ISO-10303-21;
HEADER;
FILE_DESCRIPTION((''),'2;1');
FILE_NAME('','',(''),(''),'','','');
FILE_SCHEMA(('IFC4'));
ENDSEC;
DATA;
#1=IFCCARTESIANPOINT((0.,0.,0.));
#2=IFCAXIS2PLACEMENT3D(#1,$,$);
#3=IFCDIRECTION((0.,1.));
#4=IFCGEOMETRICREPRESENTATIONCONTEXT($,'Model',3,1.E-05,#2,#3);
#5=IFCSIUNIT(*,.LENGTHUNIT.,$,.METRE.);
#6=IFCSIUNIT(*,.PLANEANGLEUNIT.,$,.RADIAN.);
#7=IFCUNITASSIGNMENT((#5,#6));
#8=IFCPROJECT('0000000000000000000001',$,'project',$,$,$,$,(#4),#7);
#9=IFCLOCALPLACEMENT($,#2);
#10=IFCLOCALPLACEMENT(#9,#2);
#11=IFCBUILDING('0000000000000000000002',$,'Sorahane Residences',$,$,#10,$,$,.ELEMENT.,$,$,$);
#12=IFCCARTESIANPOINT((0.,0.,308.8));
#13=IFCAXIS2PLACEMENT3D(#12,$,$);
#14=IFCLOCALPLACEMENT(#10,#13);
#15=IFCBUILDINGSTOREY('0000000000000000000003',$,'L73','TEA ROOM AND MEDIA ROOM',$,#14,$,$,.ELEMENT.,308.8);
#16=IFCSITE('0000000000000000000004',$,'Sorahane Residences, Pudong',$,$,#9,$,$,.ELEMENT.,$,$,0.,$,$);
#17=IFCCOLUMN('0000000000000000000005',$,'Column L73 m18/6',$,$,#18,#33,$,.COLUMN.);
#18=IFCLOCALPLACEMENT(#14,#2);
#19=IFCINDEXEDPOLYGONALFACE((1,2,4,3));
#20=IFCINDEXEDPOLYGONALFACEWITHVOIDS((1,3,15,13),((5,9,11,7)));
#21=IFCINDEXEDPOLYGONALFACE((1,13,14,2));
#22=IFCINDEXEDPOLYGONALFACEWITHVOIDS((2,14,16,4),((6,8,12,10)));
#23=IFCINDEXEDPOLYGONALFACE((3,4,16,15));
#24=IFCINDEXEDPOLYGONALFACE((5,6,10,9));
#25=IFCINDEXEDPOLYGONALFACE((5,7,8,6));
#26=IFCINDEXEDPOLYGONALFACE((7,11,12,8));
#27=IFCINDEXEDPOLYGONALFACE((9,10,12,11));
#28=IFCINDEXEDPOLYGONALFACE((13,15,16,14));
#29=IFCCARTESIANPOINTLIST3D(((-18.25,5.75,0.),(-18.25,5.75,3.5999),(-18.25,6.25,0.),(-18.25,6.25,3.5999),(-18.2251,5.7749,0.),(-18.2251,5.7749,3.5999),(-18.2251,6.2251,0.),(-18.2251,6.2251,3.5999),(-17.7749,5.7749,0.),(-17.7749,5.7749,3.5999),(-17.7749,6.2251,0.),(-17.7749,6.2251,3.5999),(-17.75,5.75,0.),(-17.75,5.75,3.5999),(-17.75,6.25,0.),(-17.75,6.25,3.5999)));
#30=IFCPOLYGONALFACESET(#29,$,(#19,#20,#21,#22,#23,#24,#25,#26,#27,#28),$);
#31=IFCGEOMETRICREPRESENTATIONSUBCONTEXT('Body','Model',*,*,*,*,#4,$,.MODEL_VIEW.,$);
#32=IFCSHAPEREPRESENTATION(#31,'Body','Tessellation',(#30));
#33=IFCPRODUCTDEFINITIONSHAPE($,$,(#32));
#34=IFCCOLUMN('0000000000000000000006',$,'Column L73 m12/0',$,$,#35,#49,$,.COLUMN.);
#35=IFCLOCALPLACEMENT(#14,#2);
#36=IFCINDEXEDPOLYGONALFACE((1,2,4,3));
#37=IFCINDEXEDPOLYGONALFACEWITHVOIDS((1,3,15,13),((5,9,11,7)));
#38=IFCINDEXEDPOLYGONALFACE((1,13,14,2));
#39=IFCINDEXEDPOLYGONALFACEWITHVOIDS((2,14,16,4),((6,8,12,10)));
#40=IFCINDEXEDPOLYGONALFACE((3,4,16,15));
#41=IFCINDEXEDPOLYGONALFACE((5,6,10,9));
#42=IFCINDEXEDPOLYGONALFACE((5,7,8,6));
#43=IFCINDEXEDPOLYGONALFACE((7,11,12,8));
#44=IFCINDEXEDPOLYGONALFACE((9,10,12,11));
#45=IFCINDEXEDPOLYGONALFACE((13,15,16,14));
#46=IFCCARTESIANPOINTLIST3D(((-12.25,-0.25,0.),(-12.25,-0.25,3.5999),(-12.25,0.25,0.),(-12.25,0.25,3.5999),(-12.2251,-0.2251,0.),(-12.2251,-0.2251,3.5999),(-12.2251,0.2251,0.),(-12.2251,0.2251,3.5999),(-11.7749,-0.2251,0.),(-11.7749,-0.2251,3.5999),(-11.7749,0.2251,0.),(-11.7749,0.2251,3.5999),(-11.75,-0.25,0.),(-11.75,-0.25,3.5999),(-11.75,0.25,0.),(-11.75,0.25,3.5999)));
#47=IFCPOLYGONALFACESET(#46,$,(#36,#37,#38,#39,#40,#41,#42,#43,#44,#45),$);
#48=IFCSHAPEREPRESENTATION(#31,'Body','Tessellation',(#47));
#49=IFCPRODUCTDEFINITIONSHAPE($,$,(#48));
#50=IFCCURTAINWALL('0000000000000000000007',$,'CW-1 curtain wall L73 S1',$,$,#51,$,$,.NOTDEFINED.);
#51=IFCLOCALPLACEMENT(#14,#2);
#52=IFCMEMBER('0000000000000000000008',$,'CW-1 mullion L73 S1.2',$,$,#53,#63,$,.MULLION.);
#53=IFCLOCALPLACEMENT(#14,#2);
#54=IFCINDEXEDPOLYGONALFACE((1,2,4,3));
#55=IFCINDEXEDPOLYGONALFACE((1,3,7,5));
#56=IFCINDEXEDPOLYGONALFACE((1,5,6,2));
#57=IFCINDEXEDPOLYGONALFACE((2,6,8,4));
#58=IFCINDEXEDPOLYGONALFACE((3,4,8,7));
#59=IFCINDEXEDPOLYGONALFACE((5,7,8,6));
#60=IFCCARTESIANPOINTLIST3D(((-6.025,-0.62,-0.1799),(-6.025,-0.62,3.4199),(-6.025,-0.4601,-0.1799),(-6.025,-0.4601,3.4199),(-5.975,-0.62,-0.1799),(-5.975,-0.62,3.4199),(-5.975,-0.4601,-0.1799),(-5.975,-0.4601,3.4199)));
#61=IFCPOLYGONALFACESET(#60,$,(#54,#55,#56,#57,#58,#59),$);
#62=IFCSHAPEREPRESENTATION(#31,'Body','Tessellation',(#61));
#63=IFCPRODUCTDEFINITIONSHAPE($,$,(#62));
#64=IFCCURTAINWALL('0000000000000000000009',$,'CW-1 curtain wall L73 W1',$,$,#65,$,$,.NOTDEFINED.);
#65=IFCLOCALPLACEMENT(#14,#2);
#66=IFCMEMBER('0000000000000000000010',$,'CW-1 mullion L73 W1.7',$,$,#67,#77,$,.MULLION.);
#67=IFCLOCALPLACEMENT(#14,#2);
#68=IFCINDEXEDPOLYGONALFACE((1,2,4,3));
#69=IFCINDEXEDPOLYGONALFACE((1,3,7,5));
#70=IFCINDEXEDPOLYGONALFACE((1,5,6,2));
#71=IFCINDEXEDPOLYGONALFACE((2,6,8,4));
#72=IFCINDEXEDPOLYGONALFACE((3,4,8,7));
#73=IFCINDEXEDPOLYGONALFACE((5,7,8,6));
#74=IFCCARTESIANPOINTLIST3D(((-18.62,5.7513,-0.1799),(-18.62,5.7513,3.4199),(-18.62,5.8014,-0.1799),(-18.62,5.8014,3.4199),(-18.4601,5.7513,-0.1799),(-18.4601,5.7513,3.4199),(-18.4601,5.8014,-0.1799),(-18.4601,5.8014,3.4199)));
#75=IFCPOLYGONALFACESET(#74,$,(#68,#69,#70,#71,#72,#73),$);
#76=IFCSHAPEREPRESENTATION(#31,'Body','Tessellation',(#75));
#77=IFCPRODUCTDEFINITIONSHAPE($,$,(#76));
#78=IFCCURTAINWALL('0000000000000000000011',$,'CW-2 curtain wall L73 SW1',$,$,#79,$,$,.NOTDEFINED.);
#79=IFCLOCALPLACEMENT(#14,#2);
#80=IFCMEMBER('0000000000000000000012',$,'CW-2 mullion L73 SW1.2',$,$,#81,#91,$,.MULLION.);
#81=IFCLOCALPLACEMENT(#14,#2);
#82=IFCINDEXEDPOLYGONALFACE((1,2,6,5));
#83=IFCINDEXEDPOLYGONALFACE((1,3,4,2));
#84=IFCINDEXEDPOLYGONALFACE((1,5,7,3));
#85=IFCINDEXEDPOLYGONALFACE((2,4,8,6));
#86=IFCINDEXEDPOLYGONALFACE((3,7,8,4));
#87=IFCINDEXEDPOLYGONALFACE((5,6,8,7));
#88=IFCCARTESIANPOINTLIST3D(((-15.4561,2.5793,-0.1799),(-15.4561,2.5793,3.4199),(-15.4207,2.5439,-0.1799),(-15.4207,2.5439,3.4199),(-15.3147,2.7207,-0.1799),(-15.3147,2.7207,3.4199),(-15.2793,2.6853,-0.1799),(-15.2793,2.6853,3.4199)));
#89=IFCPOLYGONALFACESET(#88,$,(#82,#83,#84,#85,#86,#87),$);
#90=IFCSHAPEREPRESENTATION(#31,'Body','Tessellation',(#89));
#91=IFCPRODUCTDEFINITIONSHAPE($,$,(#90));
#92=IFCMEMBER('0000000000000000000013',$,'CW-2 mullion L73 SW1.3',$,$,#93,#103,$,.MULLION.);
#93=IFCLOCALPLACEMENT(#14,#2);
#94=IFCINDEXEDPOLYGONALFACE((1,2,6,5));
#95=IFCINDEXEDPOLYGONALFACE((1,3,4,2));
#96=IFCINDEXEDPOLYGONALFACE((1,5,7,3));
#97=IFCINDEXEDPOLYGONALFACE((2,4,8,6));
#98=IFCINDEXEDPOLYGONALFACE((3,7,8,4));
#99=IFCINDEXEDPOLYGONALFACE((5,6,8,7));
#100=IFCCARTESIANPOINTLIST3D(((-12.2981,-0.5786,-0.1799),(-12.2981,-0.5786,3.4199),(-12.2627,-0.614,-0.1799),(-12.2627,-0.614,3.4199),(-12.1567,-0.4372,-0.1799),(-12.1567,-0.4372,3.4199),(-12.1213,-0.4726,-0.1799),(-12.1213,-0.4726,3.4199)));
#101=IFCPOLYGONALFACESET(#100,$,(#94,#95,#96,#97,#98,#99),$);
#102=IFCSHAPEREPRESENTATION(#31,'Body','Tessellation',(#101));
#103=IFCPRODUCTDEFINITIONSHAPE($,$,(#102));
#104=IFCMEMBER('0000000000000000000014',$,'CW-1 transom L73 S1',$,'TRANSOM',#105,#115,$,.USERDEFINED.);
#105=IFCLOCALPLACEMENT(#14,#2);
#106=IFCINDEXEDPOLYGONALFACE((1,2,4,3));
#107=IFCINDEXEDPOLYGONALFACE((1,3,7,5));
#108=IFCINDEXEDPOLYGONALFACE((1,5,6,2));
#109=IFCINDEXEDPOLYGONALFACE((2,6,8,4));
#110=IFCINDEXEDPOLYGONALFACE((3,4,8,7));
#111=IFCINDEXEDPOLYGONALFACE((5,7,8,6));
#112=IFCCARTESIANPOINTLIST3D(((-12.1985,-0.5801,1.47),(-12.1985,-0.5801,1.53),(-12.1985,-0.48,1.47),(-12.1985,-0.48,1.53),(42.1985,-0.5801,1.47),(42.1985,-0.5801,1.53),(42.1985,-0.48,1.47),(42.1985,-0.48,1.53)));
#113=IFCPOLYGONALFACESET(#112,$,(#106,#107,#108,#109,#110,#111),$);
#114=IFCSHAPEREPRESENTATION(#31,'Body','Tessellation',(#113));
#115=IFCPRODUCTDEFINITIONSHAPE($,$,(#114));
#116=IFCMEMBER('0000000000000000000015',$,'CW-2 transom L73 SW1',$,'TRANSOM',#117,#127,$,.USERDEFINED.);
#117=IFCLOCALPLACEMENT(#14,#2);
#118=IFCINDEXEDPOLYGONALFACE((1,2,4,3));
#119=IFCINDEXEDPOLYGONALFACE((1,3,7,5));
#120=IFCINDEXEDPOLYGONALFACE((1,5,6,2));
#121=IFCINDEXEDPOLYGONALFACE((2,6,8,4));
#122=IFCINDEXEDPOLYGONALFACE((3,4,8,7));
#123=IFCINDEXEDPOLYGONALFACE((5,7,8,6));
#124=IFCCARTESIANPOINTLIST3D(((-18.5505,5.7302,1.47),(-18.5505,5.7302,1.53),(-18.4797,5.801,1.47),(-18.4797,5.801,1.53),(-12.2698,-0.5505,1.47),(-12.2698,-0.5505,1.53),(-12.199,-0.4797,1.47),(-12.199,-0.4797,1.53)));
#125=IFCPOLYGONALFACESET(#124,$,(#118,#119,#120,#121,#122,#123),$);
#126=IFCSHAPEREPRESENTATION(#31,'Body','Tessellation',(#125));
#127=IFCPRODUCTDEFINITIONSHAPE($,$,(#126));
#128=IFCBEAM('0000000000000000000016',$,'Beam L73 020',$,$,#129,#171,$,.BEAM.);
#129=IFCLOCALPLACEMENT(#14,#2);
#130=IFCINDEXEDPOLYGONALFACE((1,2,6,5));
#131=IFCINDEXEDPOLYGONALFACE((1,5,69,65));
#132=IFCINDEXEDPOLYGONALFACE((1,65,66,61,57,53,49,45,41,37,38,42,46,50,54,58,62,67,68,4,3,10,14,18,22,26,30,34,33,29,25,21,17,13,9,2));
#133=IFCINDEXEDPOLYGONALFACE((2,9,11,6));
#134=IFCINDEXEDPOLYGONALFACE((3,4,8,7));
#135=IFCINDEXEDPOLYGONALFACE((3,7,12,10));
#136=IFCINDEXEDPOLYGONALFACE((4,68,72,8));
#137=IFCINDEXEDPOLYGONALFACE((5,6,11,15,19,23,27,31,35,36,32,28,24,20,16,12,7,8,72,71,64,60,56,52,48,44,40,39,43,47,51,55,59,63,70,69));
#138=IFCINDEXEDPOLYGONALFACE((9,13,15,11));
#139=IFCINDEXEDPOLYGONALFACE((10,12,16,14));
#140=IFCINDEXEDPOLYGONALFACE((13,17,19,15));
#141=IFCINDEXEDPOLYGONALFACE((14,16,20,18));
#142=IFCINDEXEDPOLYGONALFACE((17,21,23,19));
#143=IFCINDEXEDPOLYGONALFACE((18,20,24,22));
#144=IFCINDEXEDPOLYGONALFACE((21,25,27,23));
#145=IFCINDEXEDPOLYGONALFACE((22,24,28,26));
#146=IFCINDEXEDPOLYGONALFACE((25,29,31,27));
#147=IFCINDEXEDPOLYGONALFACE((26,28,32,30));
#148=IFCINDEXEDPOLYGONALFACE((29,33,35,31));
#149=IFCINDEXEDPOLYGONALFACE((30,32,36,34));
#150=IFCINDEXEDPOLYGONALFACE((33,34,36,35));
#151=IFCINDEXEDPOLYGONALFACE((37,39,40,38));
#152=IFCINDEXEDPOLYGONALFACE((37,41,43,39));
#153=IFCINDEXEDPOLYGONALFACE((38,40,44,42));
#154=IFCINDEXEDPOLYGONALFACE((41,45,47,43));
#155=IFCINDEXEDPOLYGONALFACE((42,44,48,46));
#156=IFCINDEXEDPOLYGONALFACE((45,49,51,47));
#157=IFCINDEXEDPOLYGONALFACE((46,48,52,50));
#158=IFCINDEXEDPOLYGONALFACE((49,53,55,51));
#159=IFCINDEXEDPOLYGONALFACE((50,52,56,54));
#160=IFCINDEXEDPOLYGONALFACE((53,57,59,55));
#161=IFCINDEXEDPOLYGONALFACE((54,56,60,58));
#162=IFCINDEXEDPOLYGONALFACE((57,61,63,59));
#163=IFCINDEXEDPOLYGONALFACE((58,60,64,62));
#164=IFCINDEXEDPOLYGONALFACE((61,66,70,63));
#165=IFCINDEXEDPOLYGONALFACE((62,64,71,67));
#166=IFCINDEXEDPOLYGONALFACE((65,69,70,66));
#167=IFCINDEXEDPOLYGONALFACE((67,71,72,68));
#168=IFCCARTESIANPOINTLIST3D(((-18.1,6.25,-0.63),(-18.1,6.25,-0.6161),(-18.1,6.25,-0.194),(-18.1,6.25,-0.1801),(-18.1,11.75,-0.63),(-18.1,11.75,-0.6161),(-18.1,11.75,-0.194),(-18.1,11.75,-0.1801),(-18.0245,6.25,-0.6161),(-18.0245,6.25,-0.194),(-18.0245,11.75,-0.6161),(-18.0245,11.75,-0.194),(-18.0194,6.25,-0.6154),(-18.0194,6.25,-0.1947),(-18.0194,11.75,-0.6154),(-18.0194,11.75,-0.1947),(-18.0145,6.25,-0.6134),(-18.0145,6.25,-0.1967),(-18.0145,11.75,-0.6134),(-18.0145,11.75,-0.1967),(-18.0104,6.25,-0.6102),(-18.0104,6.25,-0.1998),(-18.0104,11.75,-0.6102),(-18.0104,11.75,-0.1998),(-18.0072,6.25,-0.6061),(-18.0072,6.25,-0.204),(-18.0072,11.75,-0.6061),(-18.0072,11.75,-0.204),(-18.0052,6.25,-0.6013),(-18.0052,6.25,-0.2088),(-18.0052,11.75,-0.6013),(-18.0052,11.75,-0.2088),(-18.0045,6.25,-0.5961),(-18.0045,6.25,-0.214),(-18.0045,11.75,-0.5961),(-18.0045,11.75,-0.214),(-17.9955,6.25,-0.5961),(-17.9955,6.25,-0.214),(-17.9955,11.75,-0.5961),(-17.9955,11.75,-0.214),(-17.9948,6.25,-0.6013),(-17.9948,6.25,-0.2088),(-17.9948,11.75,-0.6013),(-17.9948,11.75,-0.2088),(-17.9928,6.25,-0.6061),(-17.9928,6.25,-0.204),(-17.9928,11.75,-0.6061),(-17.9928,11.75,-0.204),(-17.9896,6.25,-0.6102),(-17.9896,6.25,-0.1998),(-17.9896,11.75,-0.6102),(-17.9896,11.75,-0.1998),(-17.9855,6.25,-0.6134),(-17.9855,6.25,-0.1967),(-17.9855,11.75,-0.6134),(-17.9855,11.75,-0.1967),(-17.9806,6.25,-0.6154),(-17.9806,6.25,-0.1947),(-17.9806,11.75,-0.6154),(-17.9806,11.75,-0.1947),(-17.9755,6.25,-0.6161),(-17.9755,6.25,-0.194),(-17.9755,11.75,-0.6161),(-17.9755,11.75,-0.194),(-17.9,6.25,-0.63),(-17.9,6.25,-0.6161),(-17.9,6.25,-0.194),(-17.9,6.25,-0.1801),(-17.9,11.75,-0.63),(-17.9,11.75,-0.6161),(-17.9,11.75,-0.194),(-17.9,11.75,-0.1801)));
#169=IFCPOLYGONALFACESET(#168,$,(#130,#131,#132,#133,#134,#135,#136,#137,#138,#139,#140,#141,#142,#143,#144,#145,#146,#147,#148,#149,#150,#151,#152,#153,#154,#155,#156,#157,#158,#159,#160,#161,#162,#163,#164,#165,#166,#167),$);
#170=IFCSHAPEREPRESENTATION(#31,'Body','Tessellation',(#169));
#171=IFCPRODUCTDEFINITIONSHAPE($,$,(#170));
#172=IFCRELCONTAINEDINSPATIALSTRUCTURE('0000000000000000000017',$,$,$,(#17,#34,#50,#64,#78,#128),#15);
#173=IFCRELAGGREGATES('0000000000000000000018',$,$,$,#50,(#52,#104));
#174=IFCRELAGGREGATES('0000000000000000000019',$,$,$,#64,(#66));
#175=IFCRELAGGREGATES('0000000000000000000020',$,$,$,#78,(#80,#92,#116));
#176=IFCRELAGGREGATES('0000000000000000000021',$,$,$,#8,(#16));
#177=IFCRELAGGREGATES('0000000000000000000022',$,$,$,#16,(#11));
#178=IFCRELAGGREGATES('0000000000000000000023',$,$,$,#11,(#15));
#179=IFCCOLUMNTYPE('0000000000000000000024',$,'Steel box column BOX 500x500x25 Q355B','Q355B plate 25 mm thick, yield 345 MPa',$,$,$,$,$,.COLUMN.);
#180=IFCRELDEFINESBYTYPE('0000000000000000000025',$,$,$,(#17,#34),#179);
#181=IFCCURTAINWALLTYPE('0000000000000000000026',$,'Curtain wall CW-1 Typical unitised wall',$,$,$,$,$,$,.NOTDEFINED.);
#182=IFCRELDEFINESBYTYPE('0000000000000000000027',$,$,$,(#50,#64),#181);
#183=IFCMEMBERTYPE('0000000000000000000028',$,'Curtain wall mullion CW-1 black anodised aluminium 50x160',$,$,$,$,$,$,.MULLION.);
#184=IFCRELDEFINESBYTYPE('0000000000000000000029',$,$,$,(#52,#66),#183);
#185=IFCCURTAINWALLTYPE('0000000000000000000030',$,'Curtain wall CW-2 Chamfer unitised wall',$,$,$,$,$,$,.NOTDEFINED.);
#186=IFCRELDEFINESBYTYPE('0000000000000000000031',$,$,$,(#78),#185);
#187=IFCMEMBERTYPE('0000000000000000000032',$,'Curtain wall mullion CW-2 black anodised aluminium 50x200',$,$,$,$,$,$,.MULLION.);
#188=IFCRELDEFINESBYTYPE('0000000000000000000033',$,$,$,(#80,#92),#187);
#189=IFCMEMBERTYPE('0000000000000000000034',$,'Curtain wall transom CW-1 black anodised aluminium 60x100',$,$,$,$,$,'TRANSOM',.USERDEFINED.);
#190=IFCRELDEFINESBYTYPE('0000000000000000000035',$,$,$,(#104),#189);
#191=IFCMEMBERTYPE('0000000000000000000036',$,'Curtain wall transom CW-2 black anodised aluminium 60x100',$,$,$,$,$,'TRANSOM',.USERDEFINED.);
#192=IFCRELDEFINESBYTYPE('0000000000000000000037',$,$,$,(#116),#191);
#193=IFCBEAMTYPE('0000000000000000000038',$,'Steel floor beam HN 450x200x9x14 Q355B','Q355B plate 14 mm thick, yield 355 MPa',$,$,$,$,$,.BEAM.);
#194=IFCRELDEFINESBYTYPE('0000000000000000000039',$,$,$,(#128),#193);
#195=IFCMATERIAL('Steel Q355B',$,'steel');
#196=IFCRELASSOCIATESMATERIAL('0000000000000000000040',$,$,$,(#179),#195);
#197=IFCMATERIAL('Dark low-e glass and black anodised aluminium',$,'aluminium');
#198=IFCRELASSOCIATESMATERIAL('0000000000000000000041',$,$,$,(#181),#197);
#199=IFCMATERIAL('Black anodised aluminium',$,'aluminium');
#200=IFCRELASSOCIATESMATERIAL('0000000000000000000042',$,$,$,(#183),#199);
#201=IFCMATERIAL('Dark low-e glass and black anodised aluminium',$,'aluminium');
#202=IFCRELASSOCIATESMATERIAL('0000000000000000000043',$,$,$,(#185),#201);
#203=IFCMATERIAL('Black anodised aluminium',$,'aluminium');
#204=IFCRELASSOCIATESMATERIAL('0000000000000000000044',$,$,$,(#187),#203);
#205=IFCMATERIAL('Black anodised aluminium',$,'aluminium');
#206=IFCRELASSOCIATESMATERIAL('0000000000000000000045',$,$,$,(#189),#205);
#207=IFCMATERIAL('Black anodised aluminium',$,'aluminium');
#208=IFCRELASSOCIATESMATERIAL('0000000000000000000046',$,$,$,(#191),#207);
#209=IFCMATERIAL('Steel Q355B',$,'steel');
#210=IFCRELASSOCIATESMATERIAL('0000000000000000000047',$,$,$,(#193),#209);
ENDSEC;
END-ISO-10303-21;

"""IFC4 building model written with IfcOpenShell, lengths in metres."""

from ifc_helpers import new_model, si_unit, direction, frame, origin, origin_2d, place, context, subcontext, project, spatial, rectangle, hollow_rectangle, i_section, extrude, material, material_profile, profile_set, type_object, element, aggregate, save


model = new_model("IFC4")

# Units and contexts
model_context = context("Model", 3, precision=1e-05, world=origin(), true_north=direction((0.0, 1.0)))
body_context = subcontext(model_context, "Body", "Model", "MODEL_VIEW")
ifc_project = project(units=[si_unit("LENGTHUNIT", "METRE"), si_unit("PLANEANGLEUNIT", "RADIAN")], contexts=[model_context])

# Site, building, storey
site_placement = place(None, origin())
site = spatial("IfcSite", under=ifc_project, at=site_placement, Name="Sorahane Residences, Pudong", CompositionType="ELEMENT", RefElevation=0.0)
building_placement = place(site_placement, origin())
building = spatial("IfcBuilding", under=site, at=building_placement, Name="Sorahane Residences", CompositionType="ELEMENT")
storey_placement = place(building_placement, frame((0.0, 0.0, 308.8)))
storey = spatial("IfcBuildingStorey", under=building, at=storey_placement, Name="L73", Description="TEA ROOM AND MEDIA ROOM", CompositionType="ELEMENT", Elevation=308.8)

# Columns
ifc_material_1 = material(Name="Steel Q355B", Category="steel")
ifc_material_profile_1 = material_profile(ifc_material_1, hollow_rectangle(XDim=0.5, YDim=0.5, WallThickness=0.0249, at=origin_2d()), Name="BOX 500x500x25")
ifc_profile_set_1 = profile_set([ifc_material_profile_1], Name="Steel Q355B")
column_type = type_object("IfcColumnType", Name="Steel box column BOX 500x500x25 Q355B", Description="Q355B plate 25 mm thick, yield 345 MPa", PredefinedType="COLUMN", material=ifc_profile_set_1)
for number, where, z_axis, x_axis, name in (
    (1, (-18.0, 6.0, 0.0), (0.0, 0.0, 1.0), (1.0, 0.0, 0.0), "Column L73 m18/6"),
    (2, (-12.0, 0.0, 0.0), (0.0, 0.0, 1.0), (1.0, 0.0, 0.0), "Column L73 m12/0"),
):
    element("IfcColumn", number, at=place(storey_placement, frame(where, z_axis=z_axis, x_axis=x_axis)), inside=storey, type_object=column_type, Name=name, PredefinedType="COLUMN", context=body_context, shape_type="SweptSolid", body=[
        extrude(hollow_rectangle(XDim=0.5, YDim=0.5, WallThickness=0.0249, at=origin_2d()), origin(), (0.0, 0.0, 1.0), 3.5999),
    ])

# Curtain walls, members
ifc_material_2 = material(Name="Dark low-e glass and black anodised aluminium", Category="aluminium")
curtain_wall_type_1 = type_object("IfcCurtainWallType", Name="Curtain wall CW-1 Typical unitised wall", PredefinedType="NOTDEFINED", material=ifc_material_2)
curtain_wall_1_placement = place(storey_placement, origin())
curtain_wall_1 = element("IfcCurtainWall", 3, at=curtain_wall_1_placement, inside=storey, type_object=curtain_wall_type_1, Name="CW-1 curtain wall L73 S1", PredefinedType="NOTDEFINED")
ifc_material_3 = material(Name="Black anodised aluminium", Category="aluminium")
ifc_material_profile_2 = material_profile(ifc_material_3, rectangle(XDim=0.1599, YDim=0.05, at=origin_2d()), Name="Curtain wall mullion CW-1 black anodised aluminium 50x160")
ifc_profile_set_2 = profile_set([ifc_material_profile_2], Name="Black anodised aluminium")
member_type_1 = type_object("IfcMemberType", Name="Curtain wall mullion CW-1 black anodised aluminium 50x160", PredefinedType="MULLION", material=ifc_profile_set_2)
member_1_placement = place(storey_placement, frame((-6.0, -0.54, -0.1799), z_axis=(0.0, 0.0, 1.0), x_axis=(0.0, -1.0, 0.0)))
member_1 = element("IfcMember", 4, at=member_1_placement, type_object=member_type_1, Name="CW-1 mullion L73 S1.2", PredefinedType="MULLION", context=body_context, shape_type="SweptSolid", body=[
    extrude(rectangle(XDim=0.1599, YDim=0.05, at=origin_2d()), origin(), (0.0, 0.0, 1.0), 3.5999),
])
curtain_wall_2_placement = place(storey_placement, origin())
curtain_wall_2 = element("IfcCurtainWall", 5, at=curtain_wall_2_placement, inside=storey, type_object=curtain_wall_type_1, Name="CW-1 curtain wall L73 W1", PredefinedType="NOTDEFINED")
member_2_placement = place(storey_placement, frame((-18.54, 5.7764, -0.1799), z_axis=(0.0, 0.0, 1.0), x_axis=(-1.0, 0.0, 0.0)))
member_2 = element("IfcMember", 6, at=member_2_placement, type_object=member_type_1, Name="CW-1 mullion L73 W1.7", PredefinedType="MULLION", context=body_context, shape_type="SweptSolid", body=[
    extrude(rectangle(XDim=0.1599, YDim=0.05, at=origin_2d()), origin(), (0.0, 0.0, 1.0), 3.5999),
])

# Curtain wall, members
ifc_material_4 = material(Name="Dark low-e glass and black anodised aluminium", Category="aluminium")
curtain_wall_type_2 = type_object("IfcCurtainWallType", Name="Curtain wall CW-2 Chamfer unitised wall", PredefinedType="NOTDEFINED", material=ifc_material_4)
curtain_wall_3_placement = place(storey_placement, origin())
curtain_wall_3 = element("IfcCurtainWall", 7, at=curtain_wall_3_placement, inside=storey, type_object=curtain_wall_type_2, Name="CW-2 curtain wall L73 SW1", PredefinedType="NOTDEFINED")
ifc_material_5 = material(Name="Black anodised aluminium", Category="aluminium")
ifc_material_profile_3 = material_profile(ifc_material_5, rectangle(XDim=0.2, YDim=0.05, at=origin_2d()), Name="Curtain wall mullion CW-2 black anodised aluminium 50x200")
ifc_profile_set_3 = profile_set([ifc_material_profile_3], Name="Black anodised aluminium")
member_type_2 = type_object("IfcMemberType", Name="Curtain wall mullion CW-2 black anodised aluminium 50x200", PredefinedType="MULLION", material=ifc_profile_set_3)
member_3_placement = place(storey_placement, frame((-15.3677, 2.6323, -0.1799), z_axis=(0.0, 0.0, 1.0), x_axis=(-0.707107, -0.707107, 0.0)))
member_3 = element("IfcMember", 8, at=member_3_placement, type_object=member_type_2, Name="CW-2 mullion L73 SW1.2", PredefinedType="MULLION", context=body_context, shape_type="SweptSolid", body=[
    extrude(rectangle(XDim=0.2, YDim=0.05, at=origin_2d()), origin(), (0.0, 0.0, 1.0), 3.5999),
])
member_4_placement = place(storey_placement, frame((-12.2097, -0.5256, -0.1799), z_axis=(0.0, 0.0, 1.0), x_axis=(-0.707107, -0.707107, 0.0)))
member_4 = element("IfcMember", 9, at=member_4_placement, type_object=member_type_2, Name="CW-2 mullion L73 SW1.3", PredefinedType="MULLION", context=body_context, shape_type="SweptSolid", body=[
    extrude(rectangle(XDim=0.2, YDim=0.05, at=origin_2d()), origin(), (0.0, 0.0, 1.0), 3.5999),
])

# Members
ifc_material_6 = material(Name="Black anodised aluminium", Category="aluminium")
ifc_material_profile_4 = material_profile(ifc_material_6, rectangle(XDim=0.1001, YDim=0.0601, at=origin_2d()), Name="Curtain wall transom CW-1 black anodised aluminium 60x100")
ifc_profile_set_4 = profile_set([ifc_material_profile_4], Name="Black anodised aluminium")
member_type_3 = type_object("IfcMemberType", Name="Curtain wall transom CW-1 black anodised aluminium 60x100", ElementType="TRANSOM", PredefinedType="USERDEFINED", material=ifc_profile_set_4)
member_5_placement = place(storey_placement, frame((-12.1985, -0.53, 1.5), z_axis=(1.0, 0.0, 0.0), x_axis=(0.0, 1.0, 0.0)))
member_5 = element("IfcMember", 10, at=member_5_placement, type_object=member_type_3, Name="CW-1 transom L73 S1", ObjectType="TRANSOM", PredefinedType="USERDEFINED", context=body_context, shape_type="SweptSolid", body=[
    extrude(rectangle(XDim=0.1001, YDim=0.0601, at=origin_2d()), origin(), (0.0, 0.0, 1.0), 54.397),
])
ifc_material_7 = material(Name="Black anodised aluminium", Category="aluminium")
ifc_material_profile_5 = material_profile(ifc_material_7, rectangle(XDim=0.1001, YDim=0.0601, at=origin_2d()), Name="Curtain wall transom CW-2 black anodised aluminium 60x100")
ifc_profile_set_5 = profile_set([ifc_material_profile_5], Name="Black anodised aluminium")
member_type_4 = type_object("IfcMemberType", Name="Curtain wall transom CW-2 black anodised aluminium 60x100", ElementType="TRANSOM", PredefinedType="USERDEFINED", material=ifc_profile_set_5)
member_6_placement = place(storey_placement, frame((-18.5151, 5.7656, 1.5), z_axis=(0.707107, -0.707107, 0.0), x_axis=(0.707107, 0.707107, 0.0)))
member_6 = element("IfcMember", 11, at=member_6_placement, type_object=member_type_4, Name="CW-2 transom L73 SW1", ObjectType="TRANSOM", PredefinedType="USERDEFINED", context=body_context, shape_type="SweptSolid", body=[
    extrude(rectangle(XDim=0.1001, YDim=0.0601, at=origin_2d()), origin(), (0.0, 0.0, 1.0), 8.8823),
])

# Beam
ifc_material_8 = material(Name="Steel Q355B", Category="steel")
ifc_material_profile_6 = material_profile(ifc_material_8, i_section(OverallWidth=0.2, OverallDepth=0.45, WebThickness=0.009, FlangeThickness=0.0139, FilletRadius=0.02, at=origin_2d()), Name="HN 450x200x9x14")
ifc_profile_set_6 = profile_set([ifc_material_profile_6], Name="Steel Q355B")
beam_type_1 = type_object("IfcBeamType", Name="Steel floor beam HN 450x200x9x14 Q355B", Description="Q355B plate 14 mm thick, yield 355 MPa", PredefinedType="BEAM", material=ifc_profile_set_6)
beam_1_placement = place(storey_placement, frame((-18.0, 6.25, -0.405), z_axis=(0.0, 1.0, 0.0), x_axis=(-1.0, 0.0, 0.0)))
element("IfcBeam", 12, at=beam_1_placement, inside=storey, type_object=beam_type_1, Name="Beam L73 020", PredefinedType="BEAM", context=body_context, shape_type="SweptSolid", body=[
    extrude(i_section(OverallWidth=0.2, OverallDepth=0.45, WebThickness=0.009, FlangeThickness=0.0139, FilletRadius=0.02, at=origin_2d()), origin(), (0.0, 0.0, 1.0), 5.5),
])

aggregate(curtain_wall_1, [member_1, member_5])
aggregate(curtain_wall_2, [member_2])
aggregate(curtain_wall_3, [member_3, member_4, member_6])

save(model, "model.ifc")
